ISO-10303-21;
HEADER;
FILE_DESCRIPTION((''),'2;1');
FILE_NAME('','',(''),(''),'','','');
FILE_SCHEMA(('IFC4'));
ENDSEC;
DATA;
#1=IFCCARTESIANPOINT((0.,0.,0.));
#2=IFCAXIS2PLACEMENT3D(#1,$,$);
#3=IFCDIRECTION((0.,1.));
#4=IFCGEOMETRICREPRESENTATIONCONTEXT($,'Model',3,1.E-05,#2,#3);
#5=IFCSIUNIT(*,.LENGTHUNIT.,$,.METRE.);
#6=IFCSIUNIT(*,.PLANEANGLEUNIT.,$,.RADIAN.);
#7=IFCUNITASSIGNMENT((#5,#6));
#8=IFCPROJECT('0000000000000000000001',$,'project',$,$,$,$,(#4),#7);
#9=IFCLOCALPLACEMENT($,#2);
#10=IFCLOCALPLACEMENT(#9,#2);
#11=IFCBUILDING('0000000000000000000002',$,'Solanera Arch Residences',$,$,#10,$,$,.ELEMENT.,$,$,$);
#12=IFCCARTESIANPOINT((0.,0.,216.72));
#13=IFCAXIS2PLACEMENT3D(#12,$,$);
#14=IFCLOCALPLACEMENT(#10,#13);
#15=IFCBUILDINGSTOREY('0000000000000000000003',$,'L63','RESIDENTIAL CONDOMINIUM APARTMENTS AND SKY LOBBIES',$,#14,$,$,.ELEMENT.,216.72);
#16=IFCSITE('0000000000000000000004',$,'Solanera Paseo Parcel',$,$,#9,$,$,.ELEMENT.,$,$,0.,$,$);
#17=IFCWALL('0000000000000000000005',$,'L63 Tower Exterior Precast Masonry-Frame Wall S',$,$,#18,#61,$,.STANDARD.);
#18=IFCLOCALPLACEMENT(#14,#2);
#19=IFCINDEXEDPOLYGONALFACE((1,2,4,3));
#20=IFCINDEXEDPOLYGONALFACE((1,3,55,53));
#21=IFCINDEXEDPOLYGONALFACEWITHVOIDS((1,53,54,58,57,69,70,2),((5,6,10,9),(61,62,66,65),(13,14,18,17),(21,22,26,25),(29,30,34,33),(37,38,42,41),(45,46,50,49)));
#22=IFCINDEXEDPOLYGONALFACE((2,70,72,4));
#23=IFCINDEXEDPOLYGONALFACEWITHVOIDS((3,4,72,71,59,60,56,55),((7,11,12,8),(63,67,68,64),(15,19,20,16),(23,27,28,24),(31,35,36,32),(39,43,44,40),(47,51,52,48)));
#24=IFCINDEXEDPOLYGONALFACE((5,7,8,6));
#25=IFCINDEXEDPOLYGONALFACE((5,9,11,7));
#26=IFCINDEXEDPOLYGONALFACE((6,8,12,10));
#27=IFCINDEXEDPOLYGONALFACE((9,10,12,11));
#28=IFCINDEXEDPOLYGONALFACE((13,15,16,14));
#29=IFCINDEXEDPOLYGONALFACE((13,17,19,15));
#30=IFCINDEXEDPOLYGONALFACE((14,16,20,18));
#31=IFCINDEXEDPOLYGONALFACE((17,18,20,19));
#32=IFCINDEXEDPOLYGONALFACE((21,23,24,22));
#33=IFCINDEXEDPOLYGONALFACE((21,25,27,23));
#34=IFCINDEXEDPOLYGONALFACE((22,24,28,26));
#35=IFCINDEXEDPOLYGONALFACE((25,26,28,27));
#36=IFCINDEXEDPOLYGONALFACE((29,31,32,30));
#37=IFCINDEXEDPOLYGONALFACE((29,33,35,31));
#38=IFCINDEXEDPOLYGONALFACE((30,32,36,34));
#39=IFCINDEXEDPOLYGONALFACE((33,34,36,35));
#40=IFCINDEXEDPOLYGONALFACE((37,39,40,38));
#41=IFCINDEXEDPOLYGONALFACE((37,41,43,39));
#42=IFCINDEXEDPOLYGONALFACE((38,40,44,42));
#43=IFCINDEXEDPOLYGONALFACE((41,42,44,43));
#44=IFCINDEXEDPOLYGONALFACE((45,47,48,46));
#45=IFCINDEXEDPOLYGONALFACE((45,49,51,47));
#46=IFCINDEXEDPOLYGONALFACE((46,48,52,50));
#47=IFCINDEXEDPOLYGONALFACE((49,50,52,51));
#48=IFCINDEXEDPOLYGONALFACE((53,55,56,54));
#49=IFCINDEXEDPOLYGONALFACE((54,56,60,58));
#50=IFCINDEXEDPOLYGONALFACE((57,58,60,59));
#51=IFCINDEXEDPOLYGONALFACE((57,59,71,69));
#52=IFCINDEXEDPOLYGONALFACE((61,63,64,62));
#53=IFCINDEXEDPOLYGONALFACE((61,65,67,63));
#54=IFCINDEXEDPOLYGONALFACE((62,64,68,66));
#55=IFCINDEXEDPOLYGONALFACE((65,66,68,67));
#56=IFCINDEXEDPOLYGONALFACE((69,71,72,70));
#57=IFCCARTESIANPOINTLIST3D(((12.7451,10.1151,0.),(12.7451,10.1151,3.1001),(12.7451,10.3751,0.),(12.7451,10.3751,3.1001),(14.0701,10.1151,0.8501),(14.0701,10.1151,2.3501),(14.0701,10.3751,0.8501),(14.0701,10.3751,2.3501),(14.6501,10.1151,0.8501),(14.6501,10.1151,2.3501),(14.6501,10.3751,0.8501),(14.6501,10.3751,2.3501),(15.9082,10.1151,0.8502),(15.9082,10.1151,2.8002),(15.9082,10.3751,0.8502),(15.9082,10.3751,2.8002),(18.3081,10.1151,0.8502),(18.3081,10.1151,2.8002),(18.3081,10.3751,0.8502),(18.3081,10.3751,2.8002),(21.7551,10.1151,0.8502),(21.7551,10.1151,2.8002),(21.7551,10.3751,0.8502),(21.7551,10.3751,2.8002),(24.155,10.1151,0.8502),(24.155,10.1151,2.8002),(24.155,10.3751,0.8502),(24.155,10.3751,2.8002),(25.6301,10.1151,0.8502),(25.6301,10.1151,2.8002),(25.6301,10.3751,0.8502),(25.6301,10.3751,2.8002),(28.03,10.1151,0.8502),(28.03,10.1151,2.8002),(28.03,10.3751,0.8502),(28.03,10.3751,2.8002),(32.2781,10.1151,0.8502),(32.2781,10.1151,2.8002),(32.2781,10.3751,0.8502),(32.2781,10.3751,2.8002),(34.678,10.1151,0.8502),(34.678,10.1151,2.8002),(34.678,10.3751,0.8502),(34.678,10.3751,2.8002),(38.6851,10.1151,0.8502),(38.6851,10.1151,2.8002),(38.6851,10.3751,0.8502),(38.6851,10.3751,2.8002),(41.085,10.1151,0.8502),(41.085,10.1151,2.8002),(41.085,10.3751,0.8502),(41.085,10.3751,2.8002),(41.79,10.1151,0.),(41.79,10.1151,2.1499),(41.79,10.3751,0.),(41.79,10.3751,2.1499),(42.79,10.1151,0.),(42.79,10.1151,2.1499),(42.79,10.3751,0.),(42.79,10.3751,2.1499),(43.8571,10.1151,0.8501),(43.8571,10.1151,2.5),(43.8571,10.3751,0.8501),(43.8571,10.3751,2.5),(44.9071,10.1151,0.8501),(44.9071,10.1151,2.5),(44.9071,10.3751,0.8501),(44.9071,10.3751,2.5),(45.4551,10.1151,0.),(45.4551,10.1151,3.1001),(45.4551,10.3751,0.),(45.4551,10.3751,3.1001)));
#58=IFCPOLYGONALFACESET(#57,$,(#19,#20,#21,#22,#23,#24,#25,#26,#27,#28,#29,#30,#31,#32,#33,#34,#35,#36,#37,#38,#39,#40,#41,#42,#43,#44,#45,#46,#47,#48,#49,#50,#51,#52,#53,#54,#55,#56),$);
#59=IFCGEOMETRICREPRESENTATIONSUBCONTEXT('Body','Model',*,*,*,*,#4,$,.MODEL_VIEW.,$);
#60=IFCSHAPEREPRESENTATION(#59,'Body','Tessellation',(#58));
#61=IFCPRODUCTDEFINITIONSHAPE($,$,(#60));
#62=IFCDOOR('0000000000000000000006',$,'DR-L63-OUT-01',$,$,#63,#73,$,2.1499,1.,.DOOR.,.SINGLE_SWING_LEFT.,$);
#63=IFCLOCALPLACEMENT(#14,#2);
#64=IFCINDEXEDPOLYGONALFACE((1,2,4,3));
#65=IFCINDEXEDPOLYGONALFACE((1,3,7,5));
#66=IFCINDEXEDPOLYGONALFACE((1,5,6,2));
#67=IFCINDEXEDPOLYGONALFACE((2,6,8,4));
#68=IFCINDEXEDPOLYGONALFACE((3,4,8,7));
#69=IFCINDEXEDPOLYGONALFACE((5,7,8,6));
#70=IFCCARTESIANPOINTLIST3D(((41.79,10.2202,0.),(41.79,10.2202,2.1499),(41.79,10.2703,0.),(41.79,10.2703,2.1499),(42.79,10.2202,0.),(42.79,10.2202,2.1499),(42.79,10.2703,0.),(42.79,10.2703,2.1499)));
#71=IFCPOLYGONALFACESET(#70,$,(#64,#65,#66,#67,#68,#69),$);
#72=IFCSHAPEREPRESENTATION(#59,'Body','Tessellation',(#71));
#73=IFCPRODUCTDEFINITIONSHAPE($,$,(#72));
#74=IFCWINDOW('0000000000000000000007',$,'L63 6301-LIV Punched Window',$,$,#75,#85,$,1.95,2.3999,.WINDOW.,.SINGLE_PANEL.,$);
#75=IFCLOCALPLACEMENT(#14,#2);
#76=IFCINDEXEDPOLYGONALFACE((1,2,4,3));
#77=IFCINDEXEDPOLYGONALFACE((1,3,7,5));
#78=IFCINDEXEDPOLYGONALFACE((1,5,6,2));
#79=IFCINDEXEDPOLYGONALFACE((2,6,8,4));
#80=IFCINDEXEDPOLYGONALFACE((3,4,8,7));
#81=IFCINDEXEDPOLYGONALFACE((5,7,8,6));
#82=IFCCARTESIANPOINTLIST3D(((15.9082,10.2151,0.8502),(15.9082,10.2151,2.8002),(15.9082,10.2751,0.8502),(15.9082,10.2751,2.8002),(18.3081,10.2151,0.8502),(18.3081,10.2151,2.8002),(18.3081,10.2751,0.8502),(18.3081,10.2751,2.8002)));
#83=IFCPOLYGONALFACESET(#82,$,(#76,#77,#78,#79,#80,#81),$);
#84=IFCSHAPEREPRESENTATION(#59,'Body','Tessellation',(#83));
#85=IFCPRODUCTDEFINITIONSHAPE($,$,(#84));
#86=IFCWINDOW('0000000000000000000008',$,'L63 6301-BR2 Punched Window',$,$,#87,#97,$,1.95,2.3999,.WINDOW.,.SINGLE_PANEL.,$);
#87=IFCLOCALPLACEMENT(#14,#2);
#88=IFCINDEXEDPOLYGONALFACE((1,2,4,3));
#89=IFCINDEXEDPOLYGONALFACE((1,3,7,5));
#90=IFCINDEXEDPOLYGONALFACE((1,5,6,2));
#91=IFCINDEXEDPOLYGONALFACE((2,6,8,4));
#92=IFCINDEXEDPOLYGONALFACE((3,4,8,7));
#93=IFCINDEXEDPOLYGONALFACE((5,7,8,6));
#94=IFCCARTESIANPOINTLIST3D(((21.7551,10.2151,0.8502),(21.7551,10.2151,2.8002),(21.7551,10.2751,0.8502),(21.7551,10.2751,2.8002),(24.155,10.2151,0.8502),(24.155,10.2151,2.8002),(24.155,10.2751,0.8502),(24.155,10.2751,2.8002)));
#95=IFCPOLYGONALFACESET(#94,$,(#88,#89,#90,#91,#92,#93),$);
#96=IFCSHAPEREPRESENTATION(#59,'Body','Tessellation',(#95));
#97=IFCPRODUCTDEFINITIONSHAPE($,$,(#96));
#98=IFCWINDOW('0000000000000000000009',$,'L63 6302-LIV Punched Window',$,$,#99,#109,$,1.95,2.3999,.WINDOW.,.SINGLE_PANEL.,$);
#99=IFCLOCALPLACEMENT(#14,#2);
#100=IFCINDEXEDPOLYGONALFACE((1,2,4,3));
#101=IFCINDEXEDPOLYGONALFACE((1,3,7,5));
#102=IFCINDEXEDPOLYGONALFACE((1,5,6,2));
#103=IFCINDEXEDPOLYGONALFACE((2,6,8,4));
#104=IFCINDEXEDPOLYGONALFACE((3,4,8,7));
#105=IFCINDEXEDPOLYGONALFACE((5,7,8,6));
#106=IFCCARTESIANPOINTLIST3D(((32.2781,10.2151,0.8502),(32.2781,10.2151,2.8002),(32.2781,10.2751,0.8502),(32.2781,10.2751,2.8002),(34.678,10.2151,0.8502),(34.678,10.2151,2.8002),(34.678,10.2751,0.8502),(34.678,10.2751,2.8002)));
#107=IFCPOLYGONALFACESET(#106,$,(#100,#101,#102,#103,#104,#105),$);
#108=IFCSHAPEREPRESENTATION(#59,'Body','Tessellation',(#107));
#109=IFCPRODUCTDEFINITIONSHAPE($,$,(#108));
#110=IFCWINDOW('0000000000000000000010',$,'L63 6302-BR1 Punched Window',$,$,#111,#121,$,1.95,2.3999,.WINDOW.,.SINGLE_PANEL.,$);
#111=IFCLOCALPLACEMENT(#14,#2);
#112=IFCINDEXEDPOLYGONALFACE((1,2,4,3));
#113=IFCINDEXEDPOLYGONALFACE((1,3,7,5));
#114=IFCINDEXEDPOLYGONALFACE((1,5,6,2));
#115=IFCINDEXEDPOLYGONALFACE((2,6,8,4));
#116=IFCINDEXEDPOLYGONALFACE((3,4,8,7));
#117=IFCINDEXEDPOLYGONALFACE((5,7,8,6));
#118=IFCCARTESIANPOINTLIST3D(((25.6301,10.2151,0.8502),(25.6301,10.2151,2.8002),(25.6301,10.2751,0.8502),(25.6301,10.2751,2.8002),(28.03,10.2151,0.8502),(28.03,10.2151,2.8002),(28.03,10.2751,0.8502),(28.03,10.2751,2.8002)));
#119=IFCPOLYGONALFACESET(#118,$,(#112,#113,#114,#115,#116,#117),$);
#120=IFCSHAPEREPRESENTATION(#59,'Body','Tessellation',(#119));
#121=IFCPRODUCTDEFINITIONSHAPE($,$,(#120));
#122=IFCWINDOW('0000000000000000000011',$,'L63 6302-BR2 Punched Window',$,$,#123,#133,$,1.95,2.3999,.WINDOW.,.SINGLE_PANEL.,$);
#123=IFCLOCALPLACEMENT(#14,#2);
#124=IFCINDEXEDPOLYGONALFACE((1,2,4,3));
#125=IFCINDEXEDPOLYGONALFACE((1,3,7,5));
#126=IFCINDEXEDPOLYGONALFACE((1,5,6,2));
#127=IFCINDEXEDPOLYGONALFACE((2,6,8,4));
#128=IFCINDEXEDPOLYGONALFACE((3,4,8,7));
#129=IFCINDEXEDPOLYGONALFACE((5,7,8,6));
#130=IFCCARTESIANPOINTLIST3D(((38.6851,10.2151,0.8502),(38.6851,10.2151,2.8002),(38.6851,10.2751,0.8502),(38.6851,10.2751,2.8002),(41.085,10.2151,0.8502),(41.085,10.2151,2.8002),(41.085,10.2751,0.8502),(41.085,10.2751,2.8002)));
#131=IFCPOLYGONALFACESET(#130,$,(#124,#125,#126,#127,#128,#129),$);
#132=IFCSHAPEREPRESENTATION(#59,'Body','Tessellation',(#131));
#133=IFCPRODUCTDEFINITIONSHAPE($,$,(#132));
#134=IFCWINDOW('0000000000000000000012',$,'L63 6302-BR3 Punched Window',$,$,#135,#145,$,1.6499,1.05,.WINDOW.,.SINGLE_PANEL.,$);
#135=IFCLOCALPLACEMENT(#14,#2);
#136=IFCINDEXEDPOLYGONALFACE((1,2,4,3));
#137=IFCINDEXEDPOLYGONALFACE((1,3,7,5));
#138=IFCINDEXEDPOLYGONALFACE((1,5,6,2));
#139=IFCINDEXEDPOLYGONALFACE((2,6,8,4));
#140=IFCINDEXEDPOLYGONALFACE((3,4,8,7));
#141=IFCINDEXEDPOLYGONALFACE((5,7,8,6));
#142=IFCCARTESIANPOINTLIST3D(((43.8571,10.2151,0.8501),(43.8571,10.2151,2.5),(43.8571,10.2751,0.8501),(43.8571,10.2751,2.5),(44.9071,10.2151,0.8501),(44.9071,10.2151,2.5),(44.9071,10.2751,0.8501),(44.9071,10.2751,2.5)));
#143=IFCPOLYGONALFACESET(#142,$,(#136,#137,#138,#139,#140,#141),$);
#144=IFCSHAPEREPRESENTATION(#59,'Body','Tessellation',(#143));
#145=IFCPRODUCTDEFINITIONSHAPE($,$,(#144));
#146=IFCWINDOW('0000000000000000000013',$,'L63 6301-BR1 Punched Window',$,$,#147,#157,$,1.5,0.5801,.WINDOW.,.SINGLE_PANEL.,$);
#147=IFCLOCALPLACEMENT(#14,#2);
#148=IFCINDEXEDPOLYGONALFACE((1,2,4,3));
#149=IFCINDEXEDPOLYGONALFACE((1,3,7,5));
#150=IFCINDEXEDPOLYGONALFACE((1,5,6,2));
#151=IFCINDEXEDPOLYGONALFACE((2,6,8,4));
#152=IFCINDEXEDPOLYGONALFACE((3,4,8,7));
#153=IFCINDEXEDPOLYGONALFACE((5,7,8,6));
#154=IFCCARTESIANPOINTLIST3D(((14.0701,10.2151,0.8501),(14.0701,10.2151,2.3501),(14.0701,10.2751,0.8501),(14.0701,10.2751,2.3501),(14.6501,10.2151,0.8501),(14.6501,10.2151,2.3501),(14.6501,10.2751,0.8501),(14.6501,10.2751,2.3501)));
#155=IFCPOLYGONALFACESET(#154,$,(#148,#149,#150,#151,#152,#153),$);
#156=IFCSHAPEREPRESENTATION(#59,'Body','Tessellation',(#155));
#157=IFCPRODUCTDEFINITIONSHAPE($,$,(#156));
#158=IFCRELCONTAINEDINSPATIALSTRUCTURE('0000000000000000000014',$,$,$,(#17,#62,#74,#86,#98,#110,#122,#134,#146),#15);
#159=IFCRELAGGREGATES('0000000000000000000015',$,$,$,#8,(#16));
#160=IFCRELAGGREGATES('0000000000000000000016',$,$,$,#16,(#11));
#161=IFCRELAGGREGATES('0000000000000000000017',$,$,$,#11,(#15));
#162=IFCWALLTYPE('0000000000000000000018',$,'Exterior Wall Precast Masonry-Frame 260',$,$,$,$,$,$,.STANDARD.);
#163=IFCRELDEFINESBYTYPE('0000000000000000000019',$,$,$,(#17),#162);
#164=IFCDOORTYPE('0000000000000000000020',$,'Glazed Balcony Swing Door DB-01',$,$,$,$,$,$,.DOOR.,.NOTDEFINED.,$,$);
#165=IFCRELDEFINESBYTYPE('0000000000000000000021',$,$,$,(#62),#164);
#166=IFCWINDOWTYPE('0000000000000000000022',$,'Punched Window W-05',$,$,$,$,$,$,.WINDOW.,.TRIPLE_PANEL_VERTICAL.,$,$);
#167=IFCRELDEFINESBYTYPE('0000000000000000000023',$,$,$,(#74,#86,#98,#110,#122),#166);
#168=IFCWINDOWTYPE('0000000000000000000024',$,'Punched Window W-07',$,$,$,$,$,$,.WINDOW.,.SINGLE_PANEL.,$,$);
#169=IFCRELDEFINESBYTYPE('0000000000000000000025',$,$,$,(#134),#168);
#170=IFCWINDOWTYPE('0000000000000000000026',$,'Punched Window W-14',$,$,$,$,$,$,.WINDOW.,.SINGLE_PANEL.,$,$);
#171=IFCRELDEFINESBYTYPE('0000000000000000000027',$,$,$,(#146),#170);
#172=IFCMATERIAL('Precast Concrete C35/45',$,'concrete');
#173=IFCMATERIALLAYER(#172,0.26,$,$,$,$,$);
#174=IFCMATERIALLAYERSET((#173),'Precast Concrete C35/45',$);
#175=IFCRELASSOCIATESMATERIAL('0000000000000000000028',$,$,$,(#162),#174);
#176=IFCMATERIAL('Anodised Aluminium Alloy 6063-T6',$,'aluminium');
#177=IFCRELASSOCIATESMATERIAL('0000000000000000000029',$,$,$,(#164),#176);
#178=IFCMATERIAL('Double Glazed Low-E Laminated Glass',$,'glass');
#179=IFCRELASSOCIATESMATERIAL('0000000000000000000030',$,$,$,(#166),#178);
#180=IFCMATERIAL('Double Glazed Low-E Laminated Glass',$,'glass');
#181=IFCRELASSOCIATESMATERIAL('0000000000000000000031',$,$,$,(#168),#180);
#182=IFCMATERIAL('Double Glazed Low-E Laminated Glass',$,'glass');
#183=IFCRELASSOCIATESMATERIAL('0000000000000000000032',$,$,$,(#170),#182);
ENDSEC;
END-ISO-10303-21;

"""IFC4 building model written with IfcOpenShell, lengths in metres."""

from ifc_helpers import new_model, si_unit, direction, frame, frame_2d, origin, place, context, subcontext, project, spatial, rectangle, extrude, material, layer, layer_set, type_object, element, fill, save


model = new_model("IFC4")

# Units and contexts
model_context = context("Model", 3, precision=1e-05, world=origin(), true_north=direction((0.0, 1.0)))
body_context = subcontext(model_context, "Body", "Model", "MODEL_VIEW")
ifc_project = project(units=[si_unit("LENGTHUNIT", "METRE"), si_unit("PLANEANGLEUNIT", "RADIAN")], contexts=[model_context])

# Site, building, storey
site_placement = place(None, origin())
site = spatial("IfcSite", under=ifc_project, at=site_placement, Name="Solanera Paseo Parcel", CompositionType="ELEMENT", RefElevation=0.0)
building_placement = place(site_placement, origin())
building = spatial("IfcBuilding", under=site, at=building_placement, Name="Solanera Arch Residences", CompositionType="ELEMENT")
storey_placement = place(building_placement, frame((0.0, 0.0, 216.72)))
storey = spatial("IfcBuildingStorey", under=building, at=storey_placement, Name="L63", Description="RESIDENTIAL CONDOMINIUM APARTMENTS AND SKY LOBBIES", CompositionType="ELEMENT", Elevation=216.72)

# Shared definitions
ifc_material_1 = material(Name="Precast Concrete C35/45", Category="concrete")
ifc_layer_1 = layer(ifc_material_1, 0.26)
ifc_layer_set_1 = layer_set([ifc_layer_1], Name="Precast Concrete C35/45")
wall_type_1 = type_object("IfcWallType", Name="Exterior Wall Precast Masonry-Frame 260", PredefinedType="STANDARD", material=ifc_layer_set_1)

# Wall, openings, door, windows
wall_1_placement = place(storey_placement, frame((45.4551, 10.2451, 0.0), z_axis=(0.0, 0.0, 1.0), x_axis=(-1.0, 0.0, 0.0)))
wall_1 = element("IfcWall", 1, at=wall_1_placement, inside=storey, type_object=wall_type_1, Name="L63 Tower Exterior Precast Masonry-Frame Wall S", PredefinedType="STANDARD", context=body_context, shape_type="SweptSolid", body=[
    extrude(rectangle(XDim=32.71, YDim=0.26, at=frame_2d((16.355, 0.0))), origin(), (0.0, 0.0, 1.0), 3.1001),
])
opening_1_placement = place(wall_1_placement, frame((2.665, 0.0, 0.0)))
opening_1 = element("IfcOpeningElement", 2, at=opening_1_placement, cuts=wall_1, PredefinedType="OPENING", context=body_context, shape_type="SweptSolid", body=[
    extrude(rectangle(XDim=1.0, YDim=2.1499, at=frame_2d((0.5, 1.075))), frame((0.0, 0.1399, 0.0), z_axis=(0.0, -1.0, 0.0), x_axis=(1.0, 0.0, 0.0)), (0.0, 0.0, 1.0), 0.28),
])
opening_2_placement = place(wall_1_placement, frame((27.147, 0.0, 0.8501)))
opening_2 = element("IfcOpeningElement", 3, at=opening_2_placement, cuts=wall_1, PredefinedType="OPENING", context=body_context, shape_type="SweptSolid", body=[
    extrude(rectangle(XDim=2.3999, YDim=1.95, at=frame_2d((1.2, 0.9751))), frame((0.0, 0.1399, 0.0), z_axis=(0.0, -1.0, 0.0), x_axis=(1.0, 0.0, 0.0)), (0.0, 0.0, 1.0), 0.28),
])
opening_3_placement = place(wall_1_placement, frame((30.8049, 0.0, 0.8501)))
opening_3 = element("IfcOpeningElement", 4, at=opening_3_placement, cuts=wall_1, PredefinedType="OPENING", context=body_context, shape_type="SweptSolid", body=[
    extrude(rectangle(XDim=0.5801, YDim=1.5, at=frame_2d((0.29, 0.75))), frame((0.0, 0.1399, 0.0), z_axis=(0.0, -1.0, 0.0), x_axis=(1.0, 0.0, 0.0)), (0.0, 0.0, 1.0), 0.28),
])
opening_4_placement = place(wall_1_placement, frame((21.3, 0.0, 0.8501)))
opening_4 = element("IfcOpeningElement", 5, at=opening_4_placement, cuts=wall_1, PredefinedType="OPENING", context=body_context, shape_type="SweptSolid", body=[
    extrude(rectangle(XDim=2.3999, YDim=1.95, at=frame_2d((1.2, 0.9751))), frame((0.0, 0.1399, 0.0), z_axis=(0.0, -1.0, 0.0), x_axis=(1.0, 0.0, 0.0)), (0.0, 0.0, 1.0), 0.28),
])
opening_5_placement = place(wall_1_placement, frame((10.7771, 0.0, 0.8501)))
opening_5 = element("IfcOpeningElement", 6, at=opening_5_placement, cuts=wall_1, PredefinedType="OPENING", context=body_context, shape_type="SweptSolid", body=[
    extrude(rectangle(XDim=2.3999, YDim=1.95, at=frame_2d((1.2, 0.9751))), frame((0.0, 0.1399, 0.0), z_axis=(0.0, -1.0, 0.0), x_axis=(1.0, 0.0, 0.0)), (0.0, 0.0, 1.0), 0.28),
])
opening_6_placement = place(wall_1_placement, frame((17.425, 0.0, 0.8501)))
opening_6 = element("IfcOpeningElement", 7, at=opening_6_placement, cuts=wall_1, PredefinedType="OPENING", context=body_context, shape_type="SweptSolid", body=[
    extrude(rectangle(XDim=2.3999, YDim=1.95, at=frame_2d((1.2, 0.9751))), frame((0.0, 0.1399, 0.0), z_axis=(0.0, -1.0, 0.0), x_axis=(1.0, 0.0, 0.0)), (0.0, 0.0, 1.0), 0.28),
])
opening_7_placement = place(wall_1_placement, frame((4.3701, 0.0, 0.8501)))
opening_7 = element("IfcOpeningElement", 8, at=opening_7_placement, cuts=wall_1, PredefinedType="OPENING", context=body_context, shape_type="SweptSolid", body=[
    extrude(rectangle(XDim=2.3999, YDim=1.95, at=frame_2d((1.2, 0.9751))), frame((0.0, 0.1399, 0.0), z_axis=(0.0, -1.0, 0.0), x_axis=(1.0, 0.0, 0.0)), (0.0, 0.0, 1.0), 0.28),
])
opening_8_placement = place(wall_1_placement, frame((0.5481, 0.0, 0.8501)))
opening_8 = element("IfcOpeningElement", 9, at=opening_8_placement, cuts=wall_1, PredefinedType="OPENING", context=body_context, shape_type="SweptSolid", body=[
    extrude(rectangle(XDim=1.05, YDim=1.6499, at=frame_2d((0.5249, 0.825))), frame((0.0, 0.1399, 0.0), z_axis=(0.0, -1.0, 0.0), x_axis=(1.0, 0.0, 0.0)), (0.0, 0.0, 1.0), 0.28),
])
ifc_material_2 = material(Name="Anodised Aluminium Alloy 6063-T6", Category="aluminium")
door_type_1 = type_object("IfcDoorType", Name="Glazed Balcony Swing Door DB-01", OperationType="NOTDEFINED", PredefinedType="DOOR", material=ifc_material_2)
door_1_placement = place(opening_1_placement, origin())
door_1 = element("IfcDoor", 10, at=door_1_placement, inside=storey, type_object=door_type_1, Name="DR-L63-OUT-01", OperationType="SINGLE_SWING_LEFT", OverallHeight=2.1499, OverallWidth=1.0, PredefinedType="DOOR", context=body_context, shape_type="SweptSolid", body=[
    extrude(rectangle(XDim=1.0, YDim=2.1499, at=frame_2d((0.5, 1.075))), frame((0.0, 0.0249, 0.0), z_axis=(0.0, -1.0, 0.0), x_axis=(1.0, 0.0, 0.0)), (0.0, 0.0, 1.0), 0.05),
])
fill(opening_1, door_1)
ifc_material_3 = material(Name="Double Glazed Low-E Laminated Glass", Category="glass")
window_type_1 = type_object("IfcWindowType", Name="Punched Window W-05", PartitioningType="TRIPLE_PANEL_VERTICAL", PredefinedType="WINDOW", material=ifc_material_3)
window_1_placement = place(opening_2_placement, origin())
window_1 = element("IfcWindow", 11, at=window_1_placement, inside=storey, type_object=window_type_1, Name="L63 6301-LIV Punched Window", OverallHeight=1.95, OverallWidth=2.3999, PartitioningType="SINGLE_PANEL", PredefinedType="WINDOW", context=body_context, shape_type="SweptSolid", body=[
    extrude(rectangle(XDim=2.3999, YDim=1.95, at=frame_2d((1.2, 0.9751))), frame((0.0, 0.03, 0.0), z_axis=(0.0, -1.0, 0.0), x_axis=(1.0, 0.0, 0.0)), (0.0, 0.0, 1.0), 0.0601),
])
fill(opening_2, window_1)
window_2_placement = place(opening_4_placement, origin())
window_2 = element("IfcWindow", 12, at=window_2_placement, inside=storey, type_object=window_type_1, Name="L63 6301-BR2 Punched Window", OverallHeight=1.95, OverallWidth=2.3999, PartitioningType="SINGLE_PANEL", PredefinedType="WINDOW", context=body_context, shape_type="SweptSolid", body=[
    extrude(rectangle(XDim=2.3999, YDim=1.95, at=frame_2d((1.2, 0.9751))), frame((0.0, 0.03, 0.0), z_axis=(0.0, -1.0, 0.0), x_axis=(1.0, 0.0, 0.0)), (0.0, 0.0, 1.0), 0.0601),
])
fill(opening_4, window_2)
window_3_placement = place(opening_5_placement, origin())
window_3 = element("IfcWindow", 13, at=window_3_placement, inside=storey, type_object=window_type_1, Name="L63 6302-LIV Punched Window", OverallHeight=1.95, OverallWidth=2.3999, PartitioningType="SINGLE_PANEL", PredefinedType="WINDOW", context=body_context, shape_type="SweptSolid", body=[
    extrude(rectangle(XDim=2.3999, YDim=1.95, at=frame_2d((1.2, 0.9751))), frame((0.0, 0.03, 0.0), z_axis=(0.0, -1.0, 0.0), x_axis=(1.0, 0.0, 0.0)), (0.0, 0.0, 1.0), 0.0601),
])
fill(opening_5, window_3)
window_4_placement = place(opening_6_placement, origin())
window_4 = element("IfcWindow", 14, at=window_4_placement, inside=storey, type_object=window_type_1, Name="L63 6302-BR1 Punched Window", OverallHeight=1.95, OverallWidth=2.3999, PartitioningType="SINGLE_PANEL", PredefinedType="WINDOW", context=body_context, shape_type="SweptSolid", body=[
    extrude(rectangle(XDim=2.3999, YDim=1.95, at=frame_2d((1.2, 0.9751))), frame((0.0, 0.03, 0.0), z_axis=(0.0, -1.0, 0.0), x_axis=(1.0, 0.0, 0.0)), (0.0, 0.0, 1.0), 0.0601),
])
fill(opening_6, window_4)
window_5_placement = place(opening_7_placement, origin())
window_5 = element("IfcWindow", 15, at=window_5_placement, inside=storey, type_object=window_type_1, Name="L63 6302-BR2 Punched Window", OverallHeight=1.95, OverallWidth=2.3999, PartitioningType="SINGLE_PANEL", PredefinedType="WINDOW", context=body_context, shape_type="SweptSolid", body=[
    extrude(rectangle(XDim=2.3999, YDim=1.95, at=frame_2d((1.2, 0.9751))), frame((0.0, 0.03, 0.0), z_axis=(0.0, -1.0, 0.0), x_axis=(1.0, 0.0, 0.0)), (0.0, 0.0, 1.0), 0.0601),
])
fill(opening_7, window_5)
ifc_material_4 = material(Name="Double Glazed Low-E Laminated Glass", Category="glass")
window_type_2 = type_object("IfcWindowType", Name="Punched Window W-07", PartitioningType="SINGLE_PANEL", PredefinedType="WINDOW", material=ifc_material_4)
window_6_placement = place(opening_8_placement, origin())
window_6 = element("IfcWindow", 16, at=window_6_placement, inside=storey, type_object=window_type_2, Name="L63 6302-BR3 Punched Window", OverallHeight=1.6499, OverallWidth=1.05, PartitioningType="SINGLE_PANEL", PredefinedType="WINDOW", context=body_context, shape_type="SweptSolid", body=[
    extrude(rectangle(XDim=1.05, YDim=1.6499, at=frame_2d((0.5249, 0.825))), frame((0.0, 0.03, 0.0), z_axis=(0.0, -1.0, 0.0), x_axis=(1.0, 0.0, 0.0)), (0.0, 0.0, 1.0), 0.0601),
])
fill(opening_8, window_6)
ifc_material_5 = material(Name="Double Glazed Low-E Laminated Glass", Category="glass")
window_type_3 = type_object("IfcWindowType", Name="Punched Window W-14", PartitioningType="SINGLE_PANEL", PredefinedType="WINDOW", material=ifc_material_5)
window_7_placement = place(opening_3_placement, origin())
window_7 = element("IfcWindow", 17, at=window_7_placement, inside=storey, type_object=window_type_3, Name="L63 6301-BR1 Punched Window", OverallHeight=1.5, OverallWidth=0.5801, PartitioningType="SINGLE_PANEL", PredefinedType="WINDOW", context=body_context, shape_type="SweptSolid", body=[
    extrude(rectangle(XDim=0.5801, YDim=1.5, at=frame_2d((0.29, 0.75))), frame((0.0, 0.03, 0.0), z_axis=(0.0, -1.0, 0.0), x_axis=(1.0, 0.0, 0.0)), (0.0, 0.0, 1.0), 0.0601),
])
fill(opening_3, window_7)

save(model, "model.ifc")
